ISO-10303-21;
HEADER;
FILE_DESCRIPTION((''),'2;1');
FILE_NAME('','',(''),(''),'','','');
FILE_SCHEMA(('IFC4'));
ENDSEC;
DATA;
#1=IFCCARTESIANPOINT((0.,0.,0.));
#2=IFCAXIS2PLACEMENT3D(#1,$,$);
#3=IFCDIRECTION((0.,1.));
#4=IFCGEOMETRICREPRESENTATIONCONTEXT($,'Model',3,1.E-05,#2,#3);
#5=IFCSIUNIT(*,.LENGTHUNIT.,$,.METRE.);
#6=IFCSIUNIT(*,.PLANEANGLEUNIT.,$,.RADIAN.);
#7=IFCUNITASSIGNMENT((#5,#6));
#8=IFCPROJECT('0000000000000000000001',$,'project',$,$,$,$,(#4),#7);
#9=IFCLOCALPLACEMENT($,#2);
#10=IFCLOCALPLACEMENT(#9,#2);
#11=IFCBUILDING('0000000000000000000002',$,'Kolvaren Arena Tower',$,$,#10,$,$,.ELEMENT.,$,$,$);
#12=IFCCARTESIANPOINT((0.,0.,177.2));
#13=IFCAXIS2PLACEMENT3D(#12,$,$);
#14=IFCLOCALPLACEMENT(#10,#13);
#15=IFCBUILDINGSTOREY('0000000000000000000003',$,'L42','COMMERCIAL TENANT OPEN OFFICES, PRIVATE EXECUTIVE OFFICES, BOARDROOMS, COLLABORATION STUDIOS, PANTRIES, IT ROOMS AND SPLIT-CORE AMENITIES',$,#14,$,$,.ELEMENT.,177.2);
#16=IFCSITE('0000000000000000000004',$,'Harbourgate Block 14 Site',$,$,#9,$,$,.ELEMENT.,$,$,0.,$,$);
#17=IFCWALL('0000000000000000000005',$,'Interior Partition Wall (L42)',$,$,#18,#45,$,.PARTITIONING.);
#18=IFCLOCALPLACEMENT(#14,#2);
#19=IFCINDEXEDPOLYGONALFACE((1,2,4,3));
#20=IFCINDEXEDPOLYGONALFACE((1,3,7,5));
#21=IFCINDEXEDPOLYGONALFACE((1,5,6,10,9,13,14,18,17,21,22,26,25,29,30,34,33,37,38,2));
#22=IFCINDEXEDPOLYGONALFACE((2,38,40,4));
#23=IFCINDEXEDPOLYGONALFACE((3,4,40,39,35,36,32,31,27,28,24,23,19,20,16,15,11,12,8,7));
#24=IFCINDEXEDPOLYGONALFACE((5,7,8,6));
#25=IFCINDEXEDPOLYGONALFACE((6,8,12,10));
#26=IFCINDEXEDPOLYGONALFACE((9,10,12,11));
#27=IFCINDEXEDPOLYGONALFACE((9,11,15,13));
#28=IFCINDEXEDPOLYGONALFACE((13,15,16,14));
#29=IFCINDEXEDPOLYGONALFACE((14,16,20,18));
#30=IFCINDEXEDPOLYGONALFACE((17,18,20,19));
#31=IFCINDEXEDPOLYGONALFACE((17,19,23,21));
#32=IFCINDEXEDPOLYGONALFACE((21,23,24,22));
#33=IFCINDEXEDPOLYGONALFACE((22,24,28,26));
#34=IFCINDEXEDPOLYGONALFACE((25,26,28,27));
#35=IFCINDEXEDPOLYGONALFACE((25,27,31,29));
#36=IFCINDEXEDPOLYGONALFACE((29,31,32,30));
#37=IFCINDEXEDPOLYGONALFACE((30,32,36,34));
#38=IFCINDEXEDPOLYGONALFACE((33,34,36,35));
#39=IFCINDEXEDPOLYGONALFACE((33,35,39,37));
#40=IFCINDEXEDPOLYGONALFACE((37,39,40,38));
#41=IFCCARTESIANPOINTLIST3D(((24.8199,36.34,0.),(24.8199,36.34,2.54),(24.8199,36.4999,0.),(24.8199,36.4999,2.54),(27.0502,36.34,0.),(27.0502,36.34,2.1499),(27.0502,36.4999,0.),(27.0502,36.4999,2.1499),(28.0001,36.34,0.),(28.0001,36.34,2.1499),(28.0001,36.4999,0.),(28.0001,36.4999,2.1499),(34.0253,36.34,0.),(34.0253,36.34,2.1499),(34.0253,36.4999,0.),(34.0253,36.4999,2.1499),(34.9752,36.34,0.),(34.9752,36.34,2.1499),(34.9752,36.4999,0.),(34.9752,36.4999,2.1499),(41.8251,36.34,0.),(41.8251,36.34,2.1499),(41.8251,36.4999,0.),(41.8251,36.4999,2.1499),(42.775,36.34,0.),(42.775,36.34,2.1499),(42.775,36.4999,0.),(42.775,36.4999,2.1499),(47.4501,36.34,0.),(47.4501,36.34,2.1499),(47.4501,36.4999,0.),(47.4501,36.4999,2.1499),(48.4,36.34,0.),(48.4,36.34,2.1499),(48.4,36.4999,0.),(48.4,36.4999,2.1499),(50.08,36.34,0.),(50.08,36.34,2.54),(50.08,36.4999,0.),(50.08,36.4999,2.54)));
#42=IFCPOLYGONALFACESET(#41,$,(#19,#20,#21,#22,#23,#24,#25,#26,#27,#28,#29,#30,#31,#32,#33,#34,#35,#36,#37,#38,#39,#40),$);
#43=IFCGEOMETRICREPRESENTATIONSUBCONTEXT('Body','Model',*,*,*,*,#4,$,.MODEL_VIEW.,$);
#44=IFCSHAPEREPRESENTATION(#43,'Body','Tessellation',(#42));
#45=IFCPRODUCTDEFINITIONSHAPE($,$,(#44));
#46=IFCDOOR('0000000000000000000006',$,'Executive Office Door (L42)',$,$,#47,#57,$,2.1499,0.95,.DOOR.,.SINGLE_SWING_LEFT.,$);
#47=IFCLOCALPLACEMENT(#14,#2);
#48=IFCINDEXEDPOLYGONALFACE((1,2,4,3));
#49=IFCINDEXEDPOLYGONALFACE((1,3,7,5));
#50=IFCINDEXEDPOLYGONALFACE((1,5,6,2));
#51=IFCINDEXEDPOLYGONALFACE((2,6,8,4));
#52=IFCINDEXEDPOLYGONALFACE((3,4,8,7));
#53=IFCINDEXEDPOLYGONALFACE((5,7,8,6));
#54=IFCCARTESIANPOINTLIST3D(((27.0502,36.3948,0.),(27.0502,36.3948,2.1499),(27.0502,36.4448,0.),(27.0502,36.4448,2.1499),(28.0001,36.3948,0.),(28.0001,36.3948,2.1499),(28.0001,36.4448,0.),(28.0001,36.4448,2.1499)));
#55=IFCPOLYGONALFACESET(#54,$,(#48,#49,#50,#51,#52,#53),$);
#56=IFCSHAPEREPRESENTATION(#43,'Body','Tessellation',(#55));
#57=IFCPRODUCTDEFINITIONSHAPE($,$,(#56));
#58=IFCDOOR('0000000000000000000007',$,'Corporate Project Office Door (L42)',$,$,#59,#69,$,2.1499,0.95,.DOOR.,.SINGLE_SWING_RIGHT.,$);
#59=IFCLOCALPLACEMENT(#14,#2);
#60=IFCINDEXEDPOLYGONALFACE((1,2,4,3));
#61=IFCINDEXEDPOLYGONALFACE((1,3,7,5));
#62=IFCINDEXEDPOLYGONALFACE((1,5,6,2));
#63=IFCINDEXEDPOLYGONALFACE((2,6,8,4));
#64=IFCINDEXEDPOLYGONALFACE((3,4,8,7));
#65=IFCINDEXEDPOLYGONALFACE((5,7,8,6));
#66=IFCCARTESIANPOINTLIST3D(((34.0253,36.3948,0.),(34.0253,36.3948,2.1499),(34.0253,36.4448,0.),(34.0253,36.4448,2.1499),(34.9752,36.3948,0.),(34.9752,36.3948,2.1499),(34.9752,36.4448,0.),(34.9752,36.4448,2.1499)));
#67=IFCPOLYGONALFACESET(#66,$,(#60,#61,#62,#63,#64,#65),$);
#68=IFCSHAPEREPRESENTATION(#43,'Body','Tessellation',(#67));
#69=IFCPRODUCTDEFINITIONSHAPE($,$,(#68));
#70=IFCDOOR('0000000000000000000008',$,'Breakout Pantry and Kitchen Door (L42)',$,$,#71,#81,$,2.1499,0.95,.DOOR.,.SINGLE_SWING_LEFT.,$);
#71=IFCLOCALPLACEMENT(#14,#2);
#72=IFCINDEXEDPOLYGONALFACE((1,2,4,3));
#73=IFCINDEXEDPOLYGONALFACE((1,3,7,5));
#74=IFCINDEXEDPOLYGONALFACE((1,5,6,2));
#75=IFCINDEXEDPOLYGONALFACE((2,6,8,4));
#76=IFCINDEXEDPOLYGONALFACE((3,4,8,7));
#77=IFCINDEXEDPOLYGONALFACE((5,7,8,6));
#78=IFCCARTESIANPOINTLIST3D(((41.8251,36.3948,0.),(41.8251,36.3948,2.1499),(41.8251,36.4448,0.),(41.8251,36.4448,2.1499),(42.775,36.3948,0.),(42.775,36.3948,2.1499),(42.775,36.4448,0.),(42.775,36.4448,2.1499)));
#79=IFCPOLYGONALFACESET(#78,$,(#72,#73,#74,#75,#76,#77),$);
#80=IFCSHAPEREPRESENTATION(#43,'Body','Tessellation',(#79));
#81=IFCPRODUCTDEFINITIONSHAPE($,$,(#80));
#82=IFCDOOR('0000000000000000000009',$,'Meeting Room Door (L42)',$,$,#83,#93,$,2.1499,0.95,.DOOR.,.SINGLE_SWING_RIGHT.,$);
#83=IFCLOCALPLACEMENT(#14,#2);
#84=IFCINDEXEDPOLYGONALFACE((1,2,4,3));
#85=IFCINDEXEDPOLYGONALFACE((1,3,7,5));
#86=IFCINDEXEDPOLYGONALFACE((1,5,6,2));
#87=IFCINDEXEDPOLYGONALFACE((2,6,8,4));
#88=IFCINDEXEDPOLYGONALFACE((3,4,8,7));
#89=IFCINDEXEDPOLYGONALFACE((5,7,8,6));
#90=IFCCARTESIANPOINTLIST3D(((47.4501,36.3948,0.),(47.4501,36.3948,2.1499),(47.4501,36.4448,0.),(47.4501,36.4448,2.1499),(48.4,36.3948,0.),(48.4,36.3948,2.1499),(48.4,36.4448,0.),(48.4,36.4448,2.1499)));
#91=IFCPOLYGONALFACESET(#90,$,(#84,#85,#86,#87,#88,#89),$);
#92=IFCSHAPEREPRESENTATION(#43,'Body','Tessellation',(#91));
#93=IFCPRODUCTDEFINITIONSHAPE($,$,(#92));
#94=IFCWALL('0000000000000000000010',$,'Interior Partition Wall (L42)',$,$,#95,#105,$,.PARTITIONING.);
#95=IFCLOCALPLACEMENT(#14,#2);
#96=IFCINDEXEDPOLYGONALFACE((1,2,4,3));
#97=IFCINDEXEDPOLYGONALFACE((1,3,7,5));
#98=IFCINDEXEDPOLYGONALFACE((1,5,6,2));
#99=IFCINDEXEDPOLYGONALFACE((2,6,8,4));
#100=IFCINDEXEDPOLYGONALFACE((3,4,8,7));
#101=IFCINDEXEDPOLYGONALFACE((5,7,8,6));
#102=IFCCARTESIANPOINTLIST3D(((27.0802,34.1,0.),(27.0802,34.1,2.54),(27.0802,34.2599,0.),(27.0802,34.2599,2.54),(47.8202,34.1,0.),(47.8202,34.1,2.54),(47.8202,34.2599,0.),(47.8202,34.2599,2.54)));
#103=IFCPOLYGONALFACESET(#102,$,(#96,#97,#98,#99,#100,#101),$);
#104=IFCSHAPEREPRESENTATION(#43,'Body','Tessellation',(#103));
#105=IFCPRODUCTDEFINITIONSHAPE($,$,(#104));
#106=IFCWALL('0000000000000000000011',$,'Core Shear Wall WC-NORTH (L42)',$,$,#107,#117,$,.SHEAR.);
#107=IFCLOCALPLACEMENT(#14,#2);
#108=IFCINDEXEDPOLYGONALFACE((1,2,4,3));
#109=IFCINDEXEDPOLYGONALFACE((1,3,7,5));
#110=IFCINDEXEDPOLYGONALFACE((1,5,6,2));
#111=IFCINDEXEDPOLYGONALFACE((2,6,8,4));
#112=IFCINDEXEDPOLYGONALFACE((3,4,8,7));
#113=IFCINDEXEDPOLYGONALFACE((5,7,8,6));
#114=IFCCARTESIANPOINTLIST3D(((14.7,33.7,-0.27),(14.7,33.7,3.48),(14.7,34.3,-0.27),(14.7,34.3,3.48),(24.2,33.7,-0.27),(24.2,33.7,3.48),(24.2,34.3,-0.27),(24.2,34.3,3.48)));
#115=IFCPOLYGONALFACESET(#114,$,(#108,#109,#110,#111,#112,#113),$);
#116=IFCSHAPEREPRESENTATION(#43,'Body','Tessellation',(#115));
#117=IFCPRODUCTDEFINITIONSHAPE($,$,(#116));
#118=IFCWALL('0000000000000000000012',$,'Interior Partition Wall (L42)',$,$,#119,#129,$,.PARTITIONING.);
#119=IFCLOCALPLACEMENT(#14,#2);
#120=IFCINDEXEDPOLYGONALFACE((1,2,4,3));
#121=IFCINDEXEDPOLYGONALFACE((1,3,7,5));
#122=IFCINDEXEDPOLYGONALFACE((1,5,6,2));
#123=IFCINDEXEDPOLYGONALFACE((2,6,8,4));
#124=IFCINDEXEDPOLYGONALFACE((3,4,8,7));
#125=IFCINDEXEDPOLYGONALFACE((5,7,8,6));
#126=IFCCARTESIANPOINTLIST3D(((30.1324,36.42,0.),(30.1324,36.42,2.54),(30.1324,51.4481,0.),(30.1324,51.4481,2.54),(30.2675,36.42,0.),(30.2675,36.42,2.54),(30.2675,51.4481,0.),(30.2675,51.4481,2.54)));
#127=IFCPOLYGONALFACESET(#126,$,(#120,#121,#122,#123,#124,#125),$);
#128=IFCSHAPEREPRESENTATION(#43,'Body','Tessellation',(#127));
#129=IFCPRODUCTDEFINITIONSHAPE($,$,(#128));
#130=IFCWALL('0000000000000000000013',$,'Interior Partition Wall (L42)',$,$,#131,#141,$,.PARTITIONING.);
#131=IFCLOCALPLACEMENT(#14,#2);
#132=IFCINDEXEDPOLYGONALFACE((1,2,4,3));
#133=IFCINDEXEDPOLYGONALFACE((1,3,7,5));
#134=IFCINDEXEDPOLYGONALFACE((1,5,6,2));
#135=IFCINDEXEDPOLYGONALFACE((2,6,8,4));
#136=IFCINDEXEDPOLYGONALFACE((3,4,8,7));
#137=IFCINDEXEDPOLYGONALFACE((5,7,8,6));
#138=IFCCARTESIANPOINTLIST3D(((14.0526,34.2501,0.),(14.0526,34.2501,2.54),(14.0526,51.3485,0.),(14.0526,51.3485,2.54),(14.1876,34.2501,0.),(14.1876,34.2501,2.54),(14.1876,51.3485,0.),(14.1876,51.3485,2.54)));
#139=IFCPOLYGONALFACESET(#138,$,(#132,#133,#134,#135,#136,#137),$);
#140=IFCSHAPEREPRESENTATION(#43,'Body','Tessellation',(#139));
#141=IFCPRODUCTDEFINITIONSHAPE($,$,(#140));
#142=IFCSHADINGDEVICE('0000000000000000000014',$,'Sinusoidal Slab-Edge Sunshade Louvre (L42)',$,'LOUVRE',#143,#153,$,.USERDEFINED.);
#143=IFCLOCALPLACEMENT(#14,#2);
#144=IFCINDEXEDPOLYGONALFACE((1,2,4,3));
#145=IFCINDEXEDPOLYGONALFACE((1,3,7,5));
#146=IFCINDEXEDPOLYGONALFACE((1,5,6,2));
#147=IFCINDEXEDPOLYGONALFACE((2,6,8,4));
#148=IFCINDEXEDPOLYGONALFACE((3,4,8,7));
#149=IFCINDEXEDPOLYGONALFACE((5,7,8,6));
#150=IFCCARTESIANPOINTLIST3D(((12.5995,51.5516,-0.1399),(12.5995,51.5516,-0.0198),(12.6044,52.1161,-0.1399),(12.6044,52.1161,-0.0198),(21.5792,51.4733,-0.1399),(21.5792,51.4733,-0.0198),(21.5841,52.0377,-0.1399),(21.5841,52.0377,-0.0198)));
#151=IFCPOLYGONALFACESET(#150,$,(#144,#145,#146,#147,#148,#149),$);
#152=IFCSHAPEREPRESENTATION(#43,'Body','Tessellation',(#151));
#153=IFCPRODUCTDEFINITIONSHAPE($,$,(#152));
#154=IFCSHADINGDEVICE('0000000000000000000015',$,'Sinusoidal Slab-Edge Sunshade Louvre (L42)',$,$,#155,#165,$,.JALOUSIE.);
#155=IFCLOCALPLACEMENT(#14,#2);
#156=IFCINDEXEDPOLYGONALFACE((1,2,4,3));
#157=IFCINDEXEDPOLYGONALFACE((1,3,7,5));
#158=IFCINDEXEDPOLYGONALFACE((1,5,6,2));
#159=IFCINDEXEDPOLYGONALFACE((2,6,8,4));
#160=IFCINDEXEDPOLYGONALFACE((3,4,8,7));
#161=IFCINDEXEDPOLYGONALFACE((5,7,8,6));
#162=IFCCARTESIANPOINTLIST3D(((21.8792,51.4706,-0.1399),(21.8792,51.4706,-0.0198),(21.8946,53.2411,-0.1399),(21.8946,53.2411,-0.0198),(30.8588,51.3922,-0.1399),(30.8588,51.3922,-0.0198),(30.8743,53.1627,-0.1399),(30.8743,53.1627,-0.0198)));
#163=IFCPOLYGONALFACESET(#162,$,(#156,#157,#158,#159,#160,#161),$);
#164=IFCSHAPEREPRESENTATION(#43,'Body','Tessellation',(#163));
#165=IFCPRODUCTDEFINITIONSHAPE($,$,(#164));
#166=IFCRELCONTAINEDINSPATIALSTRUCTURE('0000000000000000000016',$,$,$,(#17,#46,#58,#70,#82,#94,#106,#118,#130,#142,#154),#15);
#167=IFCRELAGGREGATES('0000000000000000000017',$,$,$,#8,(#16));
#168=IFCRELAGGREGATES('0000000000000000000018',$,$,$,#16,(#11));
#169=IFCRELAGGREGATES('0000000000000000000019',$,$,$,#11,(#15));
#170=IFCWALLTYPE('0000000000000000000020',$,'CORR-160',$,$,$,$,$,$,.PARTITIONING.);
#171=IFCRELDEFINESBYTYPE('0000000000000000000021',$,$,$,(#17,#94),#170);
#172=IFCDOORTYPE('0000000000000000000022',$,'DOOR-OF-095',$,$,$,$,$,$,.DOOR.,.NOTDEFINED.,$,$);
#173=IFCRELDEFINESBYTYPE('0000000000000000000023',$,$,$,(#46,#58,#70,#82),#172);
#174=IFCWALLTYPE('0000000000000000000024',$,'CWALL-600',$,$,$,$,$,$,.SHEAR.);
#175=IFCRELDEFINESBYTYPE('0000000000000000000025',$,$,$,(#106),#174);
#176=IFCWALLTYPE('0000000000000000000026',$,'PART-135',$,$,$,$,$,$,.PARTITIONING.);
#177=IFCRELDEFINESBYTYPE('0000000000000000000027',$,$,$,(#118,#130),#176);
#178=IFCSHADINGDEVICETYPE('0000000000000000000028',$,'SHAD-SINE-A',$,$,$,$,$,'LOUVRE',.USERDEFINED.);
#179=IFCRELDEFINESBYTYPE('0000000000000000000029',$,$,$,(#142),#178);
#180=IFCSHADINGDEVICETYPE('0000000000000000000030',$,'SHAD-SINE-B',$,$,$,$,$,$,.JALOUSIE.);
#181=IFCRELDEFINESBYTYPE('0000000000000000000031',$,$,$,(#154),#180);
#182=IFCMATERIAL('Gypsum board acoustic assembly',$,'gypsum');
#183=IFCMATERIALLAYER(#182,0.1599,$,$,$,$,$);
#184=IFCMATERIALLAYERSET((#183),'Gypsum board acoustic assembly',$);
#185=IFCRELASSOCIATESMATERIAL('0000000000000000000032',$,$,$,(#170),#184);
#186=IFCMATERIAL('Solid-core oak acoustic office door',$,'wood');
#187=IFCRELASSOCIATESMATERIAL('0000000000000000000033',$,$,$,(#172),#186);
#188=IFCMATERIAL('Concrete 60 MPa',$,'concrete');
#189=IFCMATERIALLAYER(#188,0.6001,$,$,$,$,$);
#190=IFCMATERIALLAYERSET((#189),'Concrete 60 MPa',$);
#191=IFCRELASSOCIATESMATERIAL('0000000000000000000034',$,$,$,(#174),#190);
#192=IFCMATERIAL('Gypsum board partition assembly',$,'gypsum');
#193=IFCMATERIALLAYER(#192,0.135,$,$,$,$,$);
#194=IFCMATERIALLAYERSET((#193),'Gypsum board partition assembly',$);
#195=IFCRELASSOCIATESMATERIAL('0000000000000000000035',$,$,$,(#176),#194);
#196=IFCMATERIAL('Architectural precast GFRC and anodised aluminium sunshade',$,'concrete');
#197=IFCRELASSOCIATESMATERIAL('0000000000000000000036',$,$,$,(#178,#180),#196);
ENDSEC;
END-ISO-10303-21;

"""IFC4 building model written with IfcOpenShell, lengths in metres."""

from ifc_helpers import new_model, si_unit, direction, frame, frame_2d, origin, origin_2d, place, context, subcontext, project, spatial, rectangle, extrude, material, layer, layer_set, type_object, element, fill, save


model = new_model("IFC4")

# Units and contexts
model_context = context("Model", 3, precision=1e-05, world=origin(), true_north=direction((0.0, 1.0)))
body_context = subcontext(model_context, "Body", "Model", "MODEL_VIEW")
ifc_project = project(units=[si_unit("LENGTHUNIT", "METRE"), si_unit("PLANEANGLEUNIT", "RADIAN")], contexts=[model_context])

# Site, building, storey
site_placement = place(None, origin())
site = spatial("IfcSite", under=ifc_project, at=site_placement, Name="Harbourgate Block 14 Site", CompositionType="ELEMENT", RefElevation=0.0)
building_placement = place(site_placement, origin())
building = spatial("IfcBuilding", under=site, at=building_placement, Name="Kolvaren Arena Tower", CompositionType="ELEMENT")
storey_placement = place(building_placement, frame((0.0, 0.0, 177.2)))
storey = spatial("IfcBuildingStorey", under=building, at=storey_placement, Name="L42", Description="COMMERCIAL TENANT OPEN OFFICES, PRIVATE EXECUTIVE OFFICES, BOARDROOMS, COLLABORATION STUDIOS, PANTRIES, IT ROOMS AND SPLIT-CORE AMENITIES", CompositionType="ELEMENT", Elevation=177.2)

# Shared definitions
ifc_material_1 = material(Name="Gypsum board acoustic assembly", Category="gypsum")
ifc_layer_1 = layer(ifc_material_1, 0.1599)
ifc_layer_set_1 = layer_set([ifc_layer_1], Name="Gypsum board acoustic assembly")
wall_type_1 = type_object("IfcWallType", Name="CORR-160", PredefinedType="PARTITIONING", material=ifc_layer_set_1)

# Wall, openings, doors
wall_1_placement = place(storey_placement, frame((24.8201, 36.4199, 0.0), z_axis=(0.0, 0.0, 1.0), x_axis=(1.0, 0.0, 0.0)))
wall_1 = element("IfcWall", 1, at=wall_1_placement, inside=storey, type_object=wall_type_1, Name="Interior Partition Wall (L42)", PredefinedType="PARTITIONING", context=body_context, shape_type="SweptSolid", body=[
    extrude(rectangle(XDim=25.26, YDim=0.1599, at=frame_2d((12.6299, 0.0))), origin(), (0.0, 0.0, 1.0), 2.54),
])
opening_1_placement = place(wall_1_placement, frame((2.23, 0.0, 0.0)))
opening_1 = element("IfcOpeningElement", 2, at=opening_1_placement, cuts=wall_1, PredefinedType="OPENING", context=body_context, shape_type="SweptSolid", body=[
    extrude(rectangle(XDim=0.95, YDim=2.1499, at=frame_2d((0.4751, 1.075))), frame((0.0, 0.0898, 0.0), z_axis=(0.0, -1.0, 0.0), x_axis=(1.0, 0.0, 0.0)), (0.0, 0.0, 1.0), 0.1799),
])
opening_2_placement = place(wall_1_placement, frame((9.2051, 0.0, 0.0)))
opening_2 = element("IfcOpeningElement", 3, at=opening_2_placement, cuts=wall_1, PredefinedType="OPENING", context=body_context, shape_type="SweptSolid", body=[
    extrude(rectangle(XDim=0.95, YDim=2.1499, at=frame_2d((0.4751, 1.075))), frame((0.0, 0.0898, 0.0), z_axis=(0.0, -1.0, 0.0), x_axis=(1.0, 0.0, 0.0)), (0.0, 0.0, 1.0), 0.1799),
])
opening_3_placement = place(wall_1_placement, frame((17.0049, 0.0, 0.0)))
opening_3 = element("IfcOpeningElement", 4, at=opening_3_placement, cuts=wall_1, PredefinedType="OPENING", context=body_context, shape_type="SweptSolid", body=[
    extrude(rectangle(XDim=0.95, YDim=2.1499, at=frame_2d((0.4751, 1.075))), frame((0.0, 0.0898, 0.0), z_axis=(0.0, -1.0, 0.0), x_axis=(1.0, 0.0, 0.0)), (0.0, 0.0, 1.0), 0.1799),
])
opening_4_placement = place(wall_1_placement, frame((22.6299, 0.0, 0.0)))
opening_4 = element("IfcOpeningElement", 5, at=opening_4_placement, cuts=wall_1, PredefinedType="OPENING", context=body_context, shape_type="SweptSolid", body=[
    extrude(rectangle(XDim=0.95, YDim=2.1499, at=frame_2d((0.4751, 1.075))), frame((0.0, 0.0898, 0.0), z_axis=(0.0, -1.0, 0.0), x_axis=(1.0, 0.0, 0.0)), (0.0, 0.0, 1.0), 0.1799),
])
ifc_material_2 = material(Name="Solid-core oak acoustic office door", Category="wood")
door_type = type_object("IfcDoorType", Name="DOOR-OF-095", OperationType="NOTDEFINED", PredefinedType="DOOR", material=ifc_material_2)
door_1_placement = place(opening_1_placement, origin())
door_1 = element("IfcDoor", 6, at=door_1_placement, inside=storey, type_object=door_type, Name="Executive Office Door (L42)", OperationType="SINGLE_SWING_LEFT", OverallHeight=2.1499, OverallWidth=0.95, PredefinedType="DOOR", context=body_context, shape_type="SweptSolid", body=[
    extrude(rectangle(XDim=0.95, YDim=2.1499, at=frame_2d((0.4751, 1.075))), frame((0.0, 0.0249, 0.0), z_axis=(0.0, -1.0, 0.0), x_axis=(1.0, 0.0, 0.0)), (0.0, 0.0, 1.0), 0.05),
])
fill(opening_1, door_1)
door_2_placement = place(opening_2_placement, origin())
door_2 = element("IfcDoor", 7, at=door_2_placement, inside=storey, type_object=door_type, Name="Corporate Project Office Door (L42)", OperationType="SINGLE_SWING_RIGHT", OverallHeight=2.1499, OverallWidth=0.95, PredefinedType="DOOR", context=body_context, shape_type="SweptSolid", body=[
    extrude(rectangle(XDim=0.95, YDim=2.1499, at=frame_2d((0.4751, 1.075))), frame((0.0, 0.0249, 0.0), z_axis=(0.0, -1.0, 0.0), x_axis=(1.0, 0.0, 0.0)), (0.0, 0.0, 1.0), 0.05),
])
fill(opening_2, door_2)
door_3_placement = place(opening_3_placement, origin())
door_3 = element("IfcDoor", 8, at=door_3_placement, inside=storey, type_object=door_type, Name="Breakout Pantry and Kitchen Door (L42)", OperationType="SINGLE_SWING_LEFT", OverallHeight=2.1499, OverallWidth=0.95, PredefinedType="DOOR", context=body_context, shape_type="SweptSolid", body=[
    extrude(rectangle(XDim=0.95, YDim=2.1499, at=frame_2d((0.4751, 1.075))), frame((0.0, 0.0249, 0.0), z_axis=(0.0, -1.0, 0.0), x_axis=(1.0, 0.0, 0.0)), (0.0, 0.0, 1.0), 0.05),
])
fill(opening_3, door_3)
door_4_placement = place(opening_4_placement, origin())
door_4 = element("IfcDoor", 9, at=door_4_placement, inside=storey, type_object=door_type, Name="Meeting Room Door (L42)", OperationType="SINGLE_SWING_RIGHT", OverallHeight=2.1499, OverallWidth=0.95, PredefinedType="DOOR", context=body_context, shape_type="SweptSolid", body=[
    extrude(rectangle(XDim=0.95, YDim=2.1499, at=frame_2d((0.4751, 1.075))), frame((0.0, 0.0249, 0.0), z_axis=(0.0, -1.0, 0.0), x_axis=(1.0, 0.0, 0.0)), (0.0, 0.0, 1.0), 0.05),
])
fill(opening_4, door_4)

# Walls
wall_2_placement = place(storey_placement, frame((27.0801, 34.1799, 0.0), z_axis=(0.0, 0.0, 1.0), x_axis=(1.0, 0.0, 0.0)))
element("IfcWall", 10, at=wall_2_placement, inside=storey, type_object=wall_type_1, Name="Interior Partition Wall (L42)", PredefinedType="PARTITIONING", context=body_context, shape_type="SweptSolid", body=[
    extrude(rectangle(XDim=20.74, YDim=0.1599, at=frame_2d((10.3701, 0.0))), origin(), (0.0, 0.0, 1.0), 2.54),
])
ifc_material_3 = material(Name="Concrete 60 MPa", Category="concrete")
ifc_layer_2 = layer(ifc_material_3, 0.6001)
ifc_layer_set_2 = layer_set([ifc_layer_2], Name="Concrete 60 MPa")
wall_type_2 = type_object("IfcWallType", Name="CWALL-600", PredefinedType="SHEAR", material=ifc_layer_set_2)
wall_3_placement = place(storey_placement, frame((14.7, 34.0, -0.27), z_axis=(0.0, 0.0, 1.0), x_axis=(1.0, 0.0, 0.0)))
element("IfcWall", 11, at=wall_3_placement, inside=storey, type_object=wall_type_2, Name="Core Shear Wall WC-NORTH (L42)", PredefinedType="SHEAR", context=body_context, shape_type="SweptSolid", body=[
    extrude(rectangle(XDim=9.5, YDim=0.6001, at=frame_2d((4.75, 0.0))), origin(), (0.0, 0.0, 1.0), 3.75),
])
ifc_material_4 = material(Name="Gypsum board partition assembly", Category="gypsum")
ifc_layer_3 = layer(ifc_material_4, 0.135)
ifc_layer_set_3 = layer_set([ifc_layer_3], Name="Gypsum board partition assembly")
wall_type_3 = type_object("IfcWallType", Name="PART-135", PredefinedType="PARTITIONING", material=ifc_layer_set_3)
wall_4_placement = place(storey_placement, frame((30.2, 36.4199, 0.0), z_axis=(0.0, 0.0, 1.0), x_axis=(0.0, 1.0, 0.0)))
element("IfcWall", 12, at=wall_4_placement, inside=storey, type_object=wall_type_3, Name="Interior Partition Wall (L42)", PredefinedType="PARTITIONING", context=body_context, shape_type="SweptSolid", body=[
    extrude(rectangle(XDim=15.0281, YDim=0.135, at=frame_2d((7.5142, 0.0))), origin(), (0.0, 0.0, 1.0), 2.54),
])
wall_5_placement = place(storey_placement, frame((14.1201, 34.25, 0.0), z_axis=(0.0, 0.0, 1.0), x_axis=(0.0, 1.0, 0.0)))
element("IfcWall", 13, at=wall_5_placement, inside=storey, type_object=wall_type_3, Name="Interior Partition Wall (L42)", PredefinedType="PARTITIONING", context=body_context, shape_type="SweptSolid", body=[
    extrude(rectangle(XDim=17.0984, YDim=0.135, at=frame_2d((8.5493, 0.0))), origin(), (0.0, 0.0, 1.0), 2.54),
])

# Shading devices
ifc_material_5 = material(Name="Architectural precast GFRC and anodised aluminium sunshade", Category="concrete")
shading_device_type_1 = type_object("IfcShadingDeviceType", Name="SHAD-SINE-A", ElementType="LOUVRE", PredefinedType="USERDEFINED", material=ifc_material_5)
shading_device_1_placement = place(storey_placement, frame((17.0918, 51.7947, -0.1399), z_axis=(0.0, 0.0, 1.0), x_axis=(0.999962, -0.008727, 0.0)))
element("IfcShadingDevice", 14, at=shading_device_1_placement, inside=storey, type_object=shading_device_type_1, Name="Sinusoidal Slab-Edge Sunshade Louvre (L42)", ObjectType="LOUVRE", PredefinedType="USERDEFINED", context=body_context, shape_type="SweptSolid", body=[
    extrude(rectangle(XDim=8.98, YDim=0.5645, at=origin_2d()), origin(), (0.0, 0.0, 1.0), 0.1201),
])
shading_device_type_2 = type_object("IfcShadingDeviceType", Name="SHAD-SINE-B", PredefinedType="JALOUSIE", material=ifc_material_5)
shading_device_2_placement = place(storey_placement, frame((26.3767, 52.3167, -0.1399), z_axis=(0.0, 0.0, 1.0), x_axis=(0.999962, -0.008727, 0.0)))
element("IfcShadingDevice", 15, at=shading_device_2_placement, inside=storey, type_object=shading_device_type_2, Name="Sinusoidal Slab-Edge Sunshade Louvre (L42)", PredefinedType="JALOUSIE", context=body_context, shape_type="SweptSolid", body=[
    extrude(rectangle(XDim=8.98, YDim=1.7705, at=origin_2d()), origin(), (0.0, 0.0, 1.0), 0.1201),
])

save(model, "model.ifc")
